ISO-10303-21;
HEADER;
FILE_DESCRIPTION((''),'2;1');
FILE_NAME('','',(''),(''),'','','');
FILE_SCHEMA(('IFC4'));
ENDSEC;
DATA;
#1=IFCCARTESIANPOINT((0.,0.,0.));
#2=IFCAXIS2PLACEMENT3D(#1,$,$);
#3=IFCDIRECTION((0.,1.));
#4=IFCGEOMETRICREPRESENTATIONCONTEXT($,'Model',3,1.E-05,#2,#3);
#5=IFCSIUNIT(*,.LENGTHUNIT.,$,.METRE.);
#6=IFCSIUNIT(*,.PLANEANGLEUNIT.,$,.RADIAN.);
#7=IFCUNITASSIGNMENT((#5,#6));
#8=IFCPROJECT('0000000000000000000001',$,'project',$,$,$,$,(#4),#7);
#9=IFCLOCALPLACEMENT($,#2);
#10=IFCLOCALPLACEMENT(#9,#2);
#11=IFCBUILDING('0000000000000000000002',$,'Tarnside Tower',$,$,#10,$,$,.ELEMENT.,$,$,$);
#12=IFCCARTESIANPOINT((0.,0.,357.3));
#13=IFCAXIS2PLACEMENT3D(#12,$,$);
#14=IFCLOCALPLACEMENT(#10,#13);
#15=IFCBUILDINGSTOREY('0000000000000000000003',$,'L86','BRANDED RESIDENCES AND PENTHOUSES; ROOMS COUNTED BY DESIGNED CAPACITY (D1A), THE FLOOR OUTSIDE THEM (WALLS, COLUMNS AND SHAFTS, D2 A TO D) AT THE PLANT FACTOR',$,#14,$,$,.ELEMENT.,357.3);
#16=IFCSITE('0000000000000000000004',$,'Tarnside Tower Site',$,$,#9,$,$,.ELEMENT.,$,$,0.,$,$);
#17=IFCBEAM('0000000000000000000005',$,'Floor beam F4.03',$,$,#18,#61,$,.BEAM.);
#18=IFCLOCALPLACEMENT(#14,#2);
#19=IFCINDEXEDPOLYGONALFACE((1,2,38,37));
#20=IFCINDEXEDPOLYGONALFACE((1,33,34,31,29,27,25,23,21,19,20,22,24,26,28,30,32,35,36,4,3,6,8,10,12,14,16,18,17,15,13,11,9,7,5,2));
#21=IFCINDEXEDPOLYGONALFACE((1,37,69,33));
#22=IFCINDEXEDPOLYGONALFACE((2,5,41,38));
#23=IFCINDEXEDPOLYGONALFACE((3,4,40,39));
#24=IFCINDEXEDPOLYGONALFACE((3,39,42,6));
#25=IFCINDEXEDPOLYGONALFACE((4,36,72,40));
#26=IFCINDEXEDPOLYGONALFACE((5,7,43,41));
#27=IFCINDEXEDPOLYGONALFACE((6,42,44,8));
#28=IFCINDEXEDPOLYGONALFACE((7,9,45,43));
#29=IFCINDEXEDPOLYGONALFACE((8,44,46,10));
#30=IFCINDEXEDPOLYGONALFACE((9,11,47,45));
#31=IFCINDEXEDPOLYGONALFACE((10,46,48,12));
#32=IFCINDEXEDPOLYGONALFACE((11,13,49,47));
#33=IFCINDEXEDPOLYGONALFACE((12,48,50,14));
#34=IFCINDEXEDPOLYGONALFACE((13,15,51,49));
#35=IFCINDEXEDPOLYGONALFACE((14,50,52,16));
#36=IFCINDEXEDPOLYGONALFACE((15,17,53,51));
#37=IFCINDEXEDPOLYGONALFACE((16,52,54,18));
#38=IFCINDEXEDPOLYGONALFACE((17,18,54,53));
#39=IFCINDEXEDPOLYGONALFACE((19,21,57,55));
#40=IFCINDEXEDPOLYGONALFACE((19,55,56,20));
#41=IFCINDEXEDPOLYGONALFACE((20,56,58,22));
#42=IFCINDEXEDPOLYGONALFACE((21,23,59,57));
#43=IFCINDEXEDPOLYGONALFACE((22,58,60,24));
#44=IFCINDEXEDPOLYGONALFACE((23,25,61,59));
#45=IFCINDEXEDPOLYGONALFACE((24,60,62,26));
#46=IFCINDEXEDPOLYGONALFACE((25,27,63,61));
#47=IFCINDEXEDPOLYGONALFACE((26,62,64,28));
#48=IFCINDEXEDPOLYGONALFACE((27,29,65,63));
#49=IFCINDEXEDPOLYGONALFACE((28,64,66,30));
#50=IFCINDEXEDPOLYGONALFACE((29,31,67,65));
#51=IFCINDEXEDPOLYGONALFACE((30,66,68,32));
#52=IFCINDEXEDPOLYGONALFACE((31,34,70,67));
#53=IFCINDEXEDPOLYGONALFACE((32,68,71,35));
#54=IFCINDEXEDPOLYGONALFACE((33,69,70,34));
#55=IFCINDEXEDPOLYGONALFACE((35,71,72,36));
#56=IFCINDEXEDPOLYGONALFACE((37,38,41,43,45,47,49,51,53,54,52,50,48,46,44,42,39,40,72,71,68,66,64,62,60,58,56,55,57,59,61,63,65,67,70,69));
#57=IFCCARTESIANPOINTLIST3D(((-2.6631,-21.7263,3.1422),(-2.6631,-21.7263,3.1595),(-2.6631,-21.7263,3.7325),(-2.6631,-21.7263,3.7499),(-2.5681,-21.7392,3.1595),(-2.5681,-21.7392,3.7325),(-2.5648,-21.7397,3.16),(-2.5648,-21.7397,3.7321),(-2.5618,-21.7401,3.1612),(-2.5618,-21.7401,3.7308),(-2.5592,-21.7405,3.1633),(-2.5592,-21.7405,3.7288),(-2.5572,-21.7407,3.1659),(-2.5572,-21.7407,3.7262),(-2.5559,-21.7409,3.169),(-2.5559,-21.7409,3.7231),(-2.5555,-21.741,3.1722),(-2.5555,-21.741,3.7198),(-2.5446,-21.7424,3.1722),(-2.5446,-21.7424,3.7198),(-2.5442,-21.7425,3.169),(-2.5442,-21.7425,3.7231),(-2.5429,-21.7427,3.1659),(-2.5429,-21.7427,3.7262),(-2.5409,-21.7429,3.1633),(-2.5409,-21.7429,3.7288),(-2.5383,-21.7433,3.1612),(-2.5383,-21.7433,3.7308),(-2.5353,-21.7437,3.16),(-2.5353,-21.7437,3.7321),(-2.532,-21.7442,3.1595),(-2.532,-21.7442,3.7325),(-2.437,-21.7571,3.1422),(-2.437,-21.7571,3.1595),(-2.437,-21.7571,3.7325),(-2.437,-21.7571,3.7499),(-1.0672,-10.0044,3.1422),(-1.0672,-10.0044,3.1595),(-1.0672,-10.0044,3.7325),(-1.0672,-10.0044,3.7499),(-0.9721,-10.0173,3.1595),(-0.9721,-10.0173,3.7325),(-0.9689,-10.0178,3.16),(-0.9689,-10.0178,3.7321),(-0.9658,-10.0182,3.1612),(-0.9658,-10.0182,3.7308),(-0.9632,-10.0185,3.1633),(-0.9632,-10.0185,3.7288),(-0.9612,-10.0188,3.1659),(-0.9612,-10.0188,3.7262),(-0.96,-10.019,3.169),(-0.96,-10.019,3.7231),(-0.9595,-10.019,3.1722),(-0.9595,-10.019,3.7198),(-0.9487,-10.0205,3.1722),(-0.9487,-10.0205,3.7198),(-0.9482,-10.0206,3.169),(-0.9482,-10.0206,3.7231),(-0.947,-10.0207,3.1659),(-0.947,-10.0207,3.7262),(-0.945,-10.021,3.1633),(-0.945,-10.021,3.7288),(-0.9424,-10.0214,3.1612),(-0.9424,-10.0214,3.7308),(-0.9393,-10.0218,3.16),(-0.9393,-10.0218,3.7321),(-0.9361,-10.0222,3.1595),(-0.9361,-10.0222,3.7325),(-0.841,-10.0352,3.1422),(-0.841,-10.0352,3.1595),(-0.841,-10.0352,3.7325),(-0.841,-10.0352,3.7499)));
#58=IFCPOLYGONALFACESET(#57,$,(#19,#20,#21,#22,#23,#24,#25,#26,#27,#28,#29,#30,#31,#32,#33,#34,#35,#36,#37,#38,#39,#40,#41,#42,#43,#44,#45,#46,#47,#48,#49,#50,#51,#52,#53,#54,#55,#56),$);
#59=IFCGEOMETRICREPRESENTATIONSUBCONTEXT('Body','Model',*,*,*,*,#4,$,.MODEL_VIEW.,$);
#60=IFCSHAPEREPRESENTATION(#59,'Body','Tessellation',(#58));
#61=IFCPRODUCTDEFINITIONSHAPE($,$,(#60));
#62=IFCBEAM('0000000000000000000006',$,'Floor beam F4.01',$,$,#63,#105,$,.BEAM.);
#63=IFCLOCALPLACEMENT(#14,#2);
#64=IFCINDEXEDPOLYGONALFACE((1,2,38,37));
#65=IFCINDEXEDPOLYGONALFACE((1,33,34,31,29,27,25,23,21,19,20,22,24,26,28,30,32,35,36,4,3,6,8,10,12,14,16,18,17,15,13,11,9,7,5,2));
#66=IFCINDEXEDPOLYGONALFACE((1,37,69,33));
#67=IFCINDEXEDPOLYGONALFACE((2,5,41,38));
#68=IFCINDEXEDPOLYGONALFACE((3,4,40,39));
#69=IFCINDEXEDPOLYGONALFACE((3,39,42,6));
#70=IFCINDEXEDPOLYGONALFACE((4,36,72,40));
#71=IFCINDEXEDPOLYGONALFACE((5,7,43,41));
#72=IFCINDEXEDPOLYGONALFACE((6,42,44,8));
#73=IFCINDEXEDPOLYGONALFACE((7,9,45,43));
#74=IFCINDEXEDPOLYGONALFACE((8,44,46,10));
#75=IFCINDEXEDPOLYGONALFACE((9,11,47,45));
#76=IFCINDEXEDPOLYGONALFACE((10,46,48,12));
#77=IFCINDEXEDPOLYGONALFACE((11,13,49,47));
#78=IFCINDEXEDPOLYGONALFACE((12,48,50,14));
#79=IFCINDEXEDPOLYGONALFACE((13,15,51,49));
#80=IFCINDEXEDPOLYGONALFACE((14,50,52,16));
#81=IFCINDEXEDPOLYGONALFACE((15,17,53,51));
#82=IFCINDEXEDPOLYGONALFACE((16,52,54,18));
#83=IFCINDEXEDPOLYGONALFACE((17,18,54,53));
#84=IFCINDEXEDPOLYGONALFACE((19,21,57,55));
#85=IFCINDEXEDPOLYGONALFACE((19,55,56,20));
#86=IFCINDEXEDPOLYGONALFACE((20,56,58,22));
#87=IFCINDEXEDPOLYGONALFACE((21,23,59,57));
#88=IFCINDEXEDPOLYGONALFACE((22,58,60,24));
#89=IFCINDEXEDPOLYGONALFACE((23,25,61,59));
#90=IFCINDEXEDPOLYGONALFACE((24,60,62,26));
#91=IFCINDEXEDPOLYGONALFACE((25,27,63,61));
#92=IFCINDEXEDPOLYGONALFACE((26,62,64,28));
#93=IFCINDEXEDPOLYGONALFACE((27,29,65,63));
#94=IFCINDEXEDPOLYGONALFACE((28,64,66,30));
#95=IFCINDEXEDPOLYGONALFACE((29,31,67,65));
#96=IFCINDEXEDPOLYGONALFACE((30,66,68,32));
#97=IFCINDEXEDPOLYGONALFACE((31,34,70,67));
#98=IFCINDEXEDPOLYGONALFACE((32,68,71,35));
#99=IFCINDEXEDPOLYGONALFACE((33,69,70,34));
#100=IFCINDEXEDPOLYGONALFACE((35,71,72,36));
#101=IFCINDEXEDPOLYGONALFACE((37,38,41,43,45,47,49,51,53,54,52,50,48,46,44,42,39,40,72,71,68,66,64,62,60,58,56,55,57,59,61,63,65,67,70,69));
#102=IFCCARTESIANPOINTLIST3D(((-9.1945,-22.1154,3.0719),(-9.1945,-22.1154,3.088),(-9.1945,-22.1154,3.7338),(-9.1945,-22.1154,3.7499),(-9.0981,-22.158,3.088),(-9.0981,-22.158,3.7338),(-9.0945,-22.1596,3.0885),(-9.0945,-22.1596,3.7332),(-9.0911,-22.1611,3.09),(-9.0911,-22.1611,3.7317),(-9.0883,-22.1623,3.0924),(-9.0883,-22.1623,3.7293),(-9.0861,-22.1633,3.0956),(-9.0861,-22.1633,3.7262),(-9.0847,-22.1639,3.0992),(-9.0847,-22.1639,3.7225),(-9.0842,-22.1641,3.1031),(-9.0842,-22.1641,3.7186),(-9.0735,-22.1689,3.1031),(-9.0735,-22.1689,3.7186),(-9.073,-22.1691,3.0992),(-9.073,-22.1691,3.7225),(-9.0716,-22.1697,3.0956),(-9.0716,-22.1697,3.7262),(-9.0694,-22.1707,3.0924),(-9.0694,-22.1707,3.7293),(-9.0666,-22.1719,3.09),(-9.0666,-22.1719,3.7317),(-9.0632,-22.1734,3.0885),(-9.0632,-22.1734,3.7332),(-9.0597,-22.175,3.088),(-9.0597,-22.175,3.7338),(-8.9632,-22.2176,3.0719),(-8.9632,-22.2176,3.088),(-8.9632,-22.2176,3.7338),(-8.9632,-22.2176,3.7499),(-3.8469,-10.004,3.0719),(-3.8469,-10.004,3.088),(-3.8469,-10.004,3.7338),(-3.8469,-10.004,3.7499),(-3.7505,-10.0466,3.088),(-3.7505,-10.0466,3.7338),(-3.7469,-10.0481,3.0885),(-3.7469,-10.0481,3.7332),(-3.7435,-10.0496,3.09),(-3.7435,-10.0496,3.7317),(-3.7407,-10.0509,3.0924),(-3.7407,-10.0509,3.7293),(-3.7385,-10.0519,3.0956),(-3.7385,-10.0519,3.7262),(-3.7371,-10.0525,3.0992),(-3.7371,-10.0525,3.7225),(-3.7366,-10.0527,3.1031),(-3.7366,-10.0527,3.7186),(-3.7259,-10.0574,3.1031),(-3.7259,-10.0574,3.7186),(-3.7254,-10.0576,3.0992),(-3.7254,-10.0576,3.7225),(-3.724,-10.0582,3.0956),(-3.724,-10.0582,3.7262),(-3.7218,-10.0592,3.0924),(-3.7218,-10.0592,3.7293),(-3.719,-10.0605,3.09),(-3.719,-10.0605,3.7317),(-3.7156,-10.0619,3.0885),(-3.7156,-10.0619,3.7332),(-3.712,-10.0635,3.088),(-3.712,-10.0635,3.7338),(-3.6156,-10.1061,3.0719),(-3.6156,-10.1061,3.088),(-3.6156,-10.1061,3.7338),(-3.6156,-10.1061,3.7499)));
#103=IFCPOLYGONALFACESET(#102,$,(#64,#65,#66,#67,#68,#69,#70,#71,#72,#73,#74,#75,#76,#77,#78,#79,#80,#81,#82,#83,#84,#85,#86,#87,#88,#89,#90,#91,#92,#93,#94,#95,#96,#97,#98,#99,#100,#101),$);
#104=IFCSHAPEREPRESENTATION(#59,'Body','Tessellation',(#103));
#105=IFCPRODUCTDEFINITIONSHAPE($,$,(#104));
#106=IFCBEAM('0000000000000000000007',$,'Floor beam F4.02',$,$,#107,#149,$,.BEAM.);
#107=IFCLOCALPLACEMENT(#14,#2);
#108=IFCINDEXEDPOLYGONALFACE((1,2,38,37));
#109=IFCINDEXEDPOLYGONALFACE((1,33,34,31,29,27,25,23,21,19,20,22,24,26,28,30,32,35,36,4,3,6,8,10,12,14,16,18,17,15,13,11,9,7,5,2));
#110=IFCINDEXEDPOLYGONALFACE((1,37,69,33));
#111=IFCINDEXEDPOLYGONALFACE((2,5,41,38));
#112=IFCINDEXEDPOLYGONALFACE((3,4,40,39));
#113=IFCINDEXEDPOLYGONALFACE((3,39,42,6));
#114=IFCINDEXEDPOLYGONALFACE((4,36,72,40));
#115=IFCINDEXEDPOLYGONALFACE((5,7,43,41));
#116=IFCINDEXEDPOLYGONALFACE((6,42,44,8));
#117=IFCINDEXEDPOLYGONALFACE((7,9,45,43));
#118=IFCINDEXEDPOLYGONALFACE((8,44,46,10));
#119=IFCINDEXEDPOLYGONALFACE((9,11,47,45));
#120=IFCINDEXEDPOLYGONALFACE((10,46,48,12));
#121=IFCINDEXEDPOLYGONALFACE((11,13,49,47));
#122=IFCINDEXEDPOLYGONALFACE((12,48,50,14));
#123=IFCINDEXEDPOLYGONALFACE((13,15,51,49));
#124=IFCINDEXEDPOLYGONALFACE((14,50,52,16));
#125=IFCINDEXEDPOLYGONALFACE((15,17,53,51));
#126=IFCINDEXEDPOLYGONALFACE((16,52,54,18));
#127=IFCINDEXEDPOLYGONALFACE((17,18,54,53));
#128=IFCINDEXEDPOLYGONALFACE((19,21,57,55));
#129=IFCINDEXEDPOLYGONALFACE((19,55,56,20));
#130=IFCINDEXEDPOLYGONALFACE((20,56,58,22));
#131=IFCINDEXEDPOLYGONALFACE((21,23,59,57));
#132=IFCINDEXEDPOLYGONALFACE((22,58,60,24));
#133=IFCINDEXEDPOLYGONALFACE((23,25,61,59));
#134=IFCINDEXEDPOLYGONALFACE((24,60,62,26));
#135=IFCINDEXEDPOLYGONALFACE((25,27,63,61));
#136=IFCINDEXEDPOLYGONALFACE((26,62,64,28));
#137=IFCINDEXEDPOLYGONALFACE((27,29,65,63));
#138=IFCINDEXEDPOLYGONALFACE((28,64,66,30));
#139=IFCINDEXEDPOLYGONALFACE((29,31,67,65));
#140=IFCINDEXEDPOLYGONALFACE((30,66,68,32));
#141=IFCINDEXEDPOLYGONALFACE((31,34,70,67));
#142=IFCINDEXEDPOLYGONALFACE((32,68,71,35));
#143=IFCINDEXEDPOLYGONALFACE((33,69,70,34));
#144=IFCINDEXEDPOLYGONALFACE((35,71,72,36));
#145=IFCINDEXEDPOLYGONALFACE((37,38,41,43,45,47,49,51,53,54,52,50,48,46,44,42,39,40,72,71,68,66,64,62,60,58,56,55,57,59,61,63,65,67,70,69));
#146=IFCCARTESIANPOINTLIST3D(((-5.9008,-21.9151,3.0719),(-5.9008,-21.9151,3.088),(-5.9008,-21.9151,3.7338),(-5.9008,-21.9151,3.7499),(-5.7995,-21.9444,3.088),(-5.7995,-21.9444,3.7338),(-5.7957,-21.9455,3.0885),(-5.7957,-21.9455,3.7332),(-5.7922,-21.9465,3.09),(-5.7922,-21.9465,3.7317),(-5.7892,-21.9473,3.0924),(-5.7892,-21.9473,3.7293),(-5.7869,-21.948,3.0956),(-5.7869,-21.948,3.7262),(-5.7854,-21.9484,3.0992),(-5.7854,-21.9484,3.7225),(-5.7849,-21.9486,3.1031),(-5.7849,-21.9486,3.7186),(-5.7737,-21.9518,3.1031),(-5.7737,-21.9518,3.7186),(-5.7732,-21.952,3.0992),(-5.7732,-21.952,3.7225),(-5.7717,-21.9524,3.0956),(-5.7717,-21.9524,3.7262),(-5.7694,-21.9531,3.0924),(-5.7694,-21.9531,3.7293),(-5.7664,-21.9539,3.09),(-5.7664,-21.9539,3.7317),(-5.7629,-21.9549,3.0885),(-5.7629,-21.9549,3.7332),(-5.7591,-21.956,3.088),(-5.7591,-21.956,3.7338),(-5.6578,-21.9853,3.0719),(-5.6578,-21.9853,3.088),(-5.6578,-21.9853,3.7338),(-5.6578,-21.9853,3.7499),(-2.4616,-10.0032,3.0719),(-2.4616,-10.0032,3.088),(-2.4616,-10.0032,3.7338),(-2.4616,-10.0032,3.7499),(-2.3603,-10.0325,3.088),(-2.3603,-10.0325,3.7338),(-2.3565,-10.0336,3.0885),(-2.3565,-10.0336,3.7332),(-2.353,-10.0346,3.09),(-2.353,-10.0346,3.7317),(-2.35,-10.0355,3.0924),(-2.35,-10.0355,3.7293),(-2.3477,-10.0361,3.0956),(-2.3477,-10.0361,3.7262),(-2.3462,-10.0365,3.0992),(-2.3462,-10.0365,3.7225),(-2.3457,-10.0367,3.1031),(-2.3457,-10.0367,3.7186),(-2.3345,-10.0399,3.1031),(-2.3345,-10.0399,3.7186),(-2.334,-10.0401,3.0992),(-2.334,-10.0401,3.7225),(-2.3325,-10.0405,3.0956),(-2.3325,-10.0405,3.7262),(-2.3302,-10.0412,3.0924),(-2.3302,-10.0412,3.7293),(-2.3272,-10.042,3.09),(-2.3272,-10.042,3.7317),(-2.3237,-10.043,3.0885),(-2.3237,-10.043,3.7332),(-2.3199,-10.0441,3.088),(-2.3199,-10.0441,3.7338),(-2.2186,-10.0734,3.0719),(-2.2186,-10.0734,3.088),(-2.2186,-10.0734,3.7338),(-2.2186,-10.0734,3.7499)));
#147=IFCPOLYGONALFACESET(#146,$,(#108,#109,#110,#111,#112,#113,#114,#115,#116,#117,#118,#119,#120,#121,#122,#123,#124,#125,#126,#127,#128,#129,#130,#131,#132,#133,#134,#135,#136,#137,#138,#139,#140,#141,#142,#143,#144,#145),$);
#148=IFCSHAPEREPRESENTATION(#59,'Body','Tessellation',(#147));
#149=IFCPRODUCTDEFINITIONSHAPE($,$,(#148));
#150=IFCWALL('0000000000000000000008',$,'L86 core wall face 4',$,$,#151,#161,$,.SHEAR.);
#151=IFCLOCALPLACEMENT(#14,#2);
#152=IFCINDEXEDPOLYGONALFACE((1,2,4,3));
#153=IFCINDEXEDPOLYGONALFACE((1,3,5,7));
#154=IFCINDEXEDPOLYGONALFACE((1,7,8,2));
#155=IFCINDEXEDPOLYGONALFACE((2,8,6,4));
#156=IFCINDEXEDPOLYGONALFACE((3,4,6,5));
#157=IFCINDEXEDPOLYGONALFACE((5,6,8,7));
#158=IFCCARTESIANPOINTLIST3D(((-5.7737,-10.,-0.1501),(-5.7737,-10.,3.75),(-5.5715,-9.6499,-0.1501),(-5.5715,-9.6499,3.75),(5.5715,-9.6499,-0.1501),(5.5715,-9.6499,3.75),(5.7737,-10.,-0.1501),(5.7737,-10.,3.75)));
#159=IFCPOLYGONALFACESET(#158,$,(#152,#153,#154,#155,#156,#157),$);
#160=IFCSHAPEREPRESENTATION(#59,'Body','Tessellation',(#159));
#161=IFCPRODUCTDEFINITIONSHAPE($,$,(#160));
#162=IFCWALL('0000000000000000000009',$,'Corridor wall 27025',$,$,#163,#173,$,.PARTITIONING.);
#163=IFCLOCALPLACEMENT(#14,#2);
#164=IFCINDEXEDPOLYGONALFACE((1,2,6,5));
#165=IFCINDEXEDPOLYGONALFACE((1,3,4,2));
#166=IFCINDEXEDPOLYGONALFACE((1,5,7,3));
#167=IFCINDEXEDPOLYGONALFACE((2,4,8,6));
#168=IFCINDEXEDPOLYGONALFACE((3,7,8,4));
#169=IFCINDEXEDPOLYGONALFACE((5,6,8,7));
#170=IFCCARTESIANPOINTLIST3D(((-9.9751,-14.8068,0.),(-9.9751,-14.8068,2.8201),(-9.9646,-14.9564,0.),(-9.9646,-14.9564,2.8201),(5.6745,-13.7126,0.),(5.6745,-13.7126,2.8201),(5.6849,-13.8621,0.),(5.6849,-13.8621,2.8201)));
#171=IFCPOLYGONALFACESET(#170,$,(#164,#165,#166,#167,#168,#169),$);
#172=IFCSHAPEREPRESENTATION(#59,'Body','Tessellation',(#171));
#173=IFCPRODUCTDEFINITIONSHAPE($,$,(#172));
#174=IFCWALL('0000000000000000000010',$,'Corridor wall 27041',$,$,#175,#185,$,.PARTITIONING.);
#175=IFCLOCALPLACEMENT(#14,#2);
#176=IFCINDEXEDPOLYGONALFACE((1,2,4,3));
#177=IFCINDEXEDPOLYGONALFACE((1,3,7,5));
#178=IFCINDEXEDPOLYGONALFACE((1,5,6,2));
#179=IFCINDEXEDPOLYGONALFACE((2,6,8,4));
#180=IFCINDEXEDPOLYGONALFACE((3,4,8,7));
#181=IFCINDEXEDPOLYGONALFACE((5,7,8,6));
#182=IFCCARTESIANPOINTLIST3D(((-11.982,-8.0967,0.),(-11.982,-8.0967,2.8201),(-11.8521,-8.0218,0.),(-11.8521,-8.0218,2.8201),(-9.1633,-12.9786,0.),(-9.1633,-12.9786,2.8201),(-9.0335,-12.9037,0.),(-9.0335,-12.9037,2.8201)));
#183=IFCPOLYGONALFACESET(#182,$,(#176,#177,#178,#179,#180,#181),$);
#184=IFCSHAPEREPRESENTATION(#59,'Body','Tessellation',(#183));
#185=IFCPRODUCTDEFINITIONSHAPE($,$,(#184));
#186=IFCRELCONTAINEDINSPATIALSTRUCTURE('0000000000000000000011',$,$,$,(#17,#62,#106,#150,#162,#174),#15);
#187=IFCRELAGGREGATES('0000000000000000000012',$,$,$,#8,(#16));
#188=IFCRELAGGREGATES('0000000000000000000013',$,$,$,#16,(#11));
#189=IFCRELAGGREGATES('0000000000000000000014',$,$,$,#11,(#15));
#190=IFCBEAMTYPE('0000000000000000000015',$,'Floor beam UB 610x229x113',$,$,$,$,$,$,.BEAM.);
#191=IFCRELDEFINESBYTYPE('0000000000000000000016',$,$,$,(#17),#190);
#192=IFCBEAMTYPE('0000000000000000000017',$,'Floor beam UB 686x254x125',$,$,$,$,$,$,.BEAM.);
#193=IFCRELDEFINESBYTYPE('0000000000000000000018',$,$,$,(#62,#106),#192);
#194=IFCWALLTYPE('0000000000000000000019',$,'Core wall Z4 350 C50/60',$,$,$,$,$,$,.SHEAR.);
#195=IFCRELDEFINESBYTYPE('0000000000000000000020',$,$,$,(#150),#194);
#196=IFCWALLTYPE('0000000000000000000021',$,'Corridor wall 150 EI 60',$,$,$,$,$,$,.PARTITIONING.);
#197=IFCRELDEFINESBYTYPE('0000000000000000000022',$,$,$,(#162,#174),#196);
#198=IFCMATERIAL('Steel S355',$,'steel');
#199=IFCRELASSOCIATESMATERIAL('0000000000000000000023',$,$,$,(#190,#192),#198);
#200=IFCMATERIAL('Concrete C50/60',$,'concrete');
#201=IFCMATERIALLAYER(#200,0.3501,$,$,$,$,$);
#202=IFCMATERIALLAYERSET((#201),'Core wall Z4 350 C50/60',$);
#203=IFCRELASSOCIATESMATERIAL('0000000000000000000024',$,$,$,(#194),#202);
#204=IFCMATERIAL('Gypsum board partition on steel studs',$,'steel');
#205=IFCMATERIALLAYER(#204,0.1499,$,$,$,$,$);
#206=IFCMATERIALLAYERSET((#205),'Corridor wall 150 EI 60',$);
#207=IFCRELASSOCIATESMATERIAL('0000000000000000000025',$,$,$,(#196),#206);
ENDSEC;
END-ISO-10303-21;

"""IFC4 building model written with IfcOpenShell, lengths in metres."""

from ifc_helpers import new_model, si_unit, direction, frame, frame_2d, origin, origin_2d, place, context, subcontext, project, spatial, polyline, rectangle, i_section, outline, extrude, material, layer, layer_set, material_profile, profile_set, type_object, element, save


model = new_model("IFC4")

# Units and contexts
model_context = context("Model", 3, precision=1e-05, world=origin(), true_north=direction((0.0, 1.0)))
body_context = subcontext(model_context, "Body", "Model", "MODEL_VIEW")
ifc_project = project(units=[si_unit("LENGTHUNIT", "METRE"), si_unit("PLANEANGLEUNIT", "RADIAN")], contexts=[model_context])

# Site, building, storey
site_placement = place(None, origin())
site = spatial("IfcSite", under=ifc_project, at=site_placement, Name="Tarnside Tower Site", CompositionType="ELEMENT", RefElevation=0.0)
building_placement = place(site_placement, origin())
building = spatial("IfcBuilding", under=site, at=building_placement, Name="Tarnside Tower", CompositionType="ELEMENT")
storey_placement = place(building_placement, frame((0.0, 0.0, 357.3)))
storey = spatial("IfcBuildingStorey", under=building, at=storey_placement, Name="L86", Description="BRANDED RESIDENCES AND PENTHOUSES; ROOMS COUNTED BY DESIGNED CAPACITY (D1A), THE FLOOR OUTSIDE THEM (WALLS, COLUMNS AND SHAFTS, D2 A TO D) AT THE PLANT FACTOR", CompositionType="ELEMENT", Elevation=357.3)

# Beams
ifc_material_1 = material(Name="Steel S355", Category="steel")
ifc_material_profile_1 = material_profile(ifc_material_1, i_section(OverallWidth=0.2283, OverallDepth=0.6077, WebThickness=0.011, FlangeThickness=0.0173, FilletRadius=0.0127, at=origin_2d()), Name="UB 610x229x113")
ifc_profile_set_1 = profile_set([ifc_material_profile_1], Name="Steel S355")
beam_type_1 = type_object("IfcBeamType", Name="Floor beam UB 610x229x113", PredefinedType="BEAM", material=ifc_profile_set_1)
beam_1_placement = place(storey_placement, frame((-2.55, -21.7417, 3.446), z_axis=(0.134906, 0.990858, 0.0), x_axis=(-0.990858, 0.134906, 0.0)))
element("IfcBeam", 1, at=beam_1_placement, inside=storey, type_object=beam_type_1, Name="Floor beam F4.03", PredefinedType="BEAM", context=body_context, shape_type="SweptSolid", body=[
    extrude(i_section(OverallWidth=0.2283, OverallDepth=0.6077, WebThickness=0.011, FlangeThickness=0.0173, FilletRadius=0.0127, at=origin_2d()), origin(), (0.0, 0.0, 1.0), 11.8301),
])
ifc_material_profile_2 = material_profile(ifc_material_1, i_section(OverallWidth=0.2529, OverallDepth=0.678, WebThickness=0.0117, FlangeThickness=0.0161, FilletRadius=0.0151, at=origin_2d()), Name="UB 686x254x125")
ifc_profile_set_2 = profile_set([ifc_material_profile_2], Name="Steel S355")
beam_type_2 = type_object("IfcBeamType", Name="Floor beam UB 686x254x125", PredefinedType="BEAM", material=ifc_profile_set_2)
beam_2_placement = place(storey_placement, frame((-9.0789, -22.1665, 3.4109), z_axis=(0.403913, 0.914797, 0.0), x_axis=(-0.914797, 0.403913, 0.0)))
element("IfcBeam", 2, at=beam_2_placement, inside=storey, type_object=beam_type_2, Name="Floor beam F4.01", PredefinedType="BEAM", context=body_context, shape_type="SweptSolid", body=[
    extrude(i_section(OverallWidth=0.2529, OverallDepth=0.678, WebThickness=0.0117, FlangeThickness=0.0161, FilletRadius=0.0151, at=origin_2d()), origin(), (0.0, 0.0, 1.0), 13.2395),
])
beam_3_placement = place(storey_placement, frame((-5.7793, -21.9502, 3.4109), z_axis=(0.277391, 0.960757, 0.0), x_axis=(-0.960757, 0.277391, 0.0)))
element("IfcBeam", 3, at=beam_3_placement, inside=storey, type_object=beam_type_2, Name="Floor beam F4.02", PredefinedType="BEAM", context=body_context, shape_type="SweptSolid", body=[
    extrude(i_section(OverallWidth=0.2529, OverallDepth=0.678, WebThickness=0.0117, FlangeThickness=0.0161, FilletRadius=0.0151, at=origin_2d()), origin(), (0.0, 0.0, 1.0), 12.3984),
])

# Walls
ifc_material_2 = material(Name="Concrete C50/60", Category="concrete")
ifc_layer_1 = layer(ifc_material_2, 0.3501)
ifc_layer_set_1 = layer_set([ifc_layer_1], Name="Core wall Z4 350 C50/60")
wall_type_1 = type_object("IfcWallType", Name="Core wall Z4 350 C50/60", PredefinedType="SHEAR", material=ifc_layer_set_1)
wall_1_placement = place(storey_placement, frame((-5.6726, -9.825, -0.1501), z_axis=(0.0, 0.0, 1.0), x_axis=(1.0, 0.0, 0.0)))
element("IfcWall", 4, at=wall_1_placement, inside=storey, type_object=wall_type_1, Name="L86 core wall face 4", PredefinedType="SHEAR", context=body_context, shape_type="SweptSolid", body=[
    extrude(outline(polyline([(-0.1011, -0.175), (11.4463, -0.175), (11.2441, 0.175), (0.1011, 0.175), (-0.1011, -0.175)])), origin(), (0.0, 0.0, 1.0), 3.9001),
])
ifc_material_3 = material(Name="Gypsum board partition on steel studs", Category="steel")
ifc_layer_2 = layer(ifc_material_3, 0.1499)
ifc_layer_set_2 = layer_set([ifc_layer_2], Name="Corridor wall 150 EI 60")
wall_type_2 = type_object("IfcWallType", Name="Corridor wall 150 EI 60", PredefinedType="PARTITIONING", material=ifc_layer_set_2)
wall_2_placement = place(storey_placement, frame((-9.9697, -14.8816, 0.0), z_axis=(0.0, 0.0, 1.0), x_axis=(0.997564, 0.069752, 0.0)))
element("IfcWall", 5, at=wall_2_placement, inside=storey, type_object=wall_type_2, Name="Corridor wall 27025", PredefinedType="PARTITIONING", context=body_context, shape_type="SweptSolid", body=[
    extrude(rectangle(XDim=15.6877, YDim=0.1499, at=frame_2d((7.8438, 0.0))), origin(), (0.0, 0.0, 1.0), 2.8201),
])
wall_3_placement = place(storey_placement, frame((-9.0984, -12.9412, 0.0), z_axis=(0.0, 0.0, 1.0), x_axis=(-0.50001, 0.86602, 0.0)))
element("IfcWall", 6, at=wall_3_placement, inside=storey, type_object=wall_type_2, Name="Corridor wall 27041", PredefinedType="PARTITIONING", context=body_context, shape_type="SweptSolid", body=[
    extrude(rectangle(XDim=5.6372, YDim=0.1499, at=frame_2d((2.8186, 0.0))), origin(), (0.0, 0.0, 1.0), 2.8201),
])

save(model, "model.ifc")
